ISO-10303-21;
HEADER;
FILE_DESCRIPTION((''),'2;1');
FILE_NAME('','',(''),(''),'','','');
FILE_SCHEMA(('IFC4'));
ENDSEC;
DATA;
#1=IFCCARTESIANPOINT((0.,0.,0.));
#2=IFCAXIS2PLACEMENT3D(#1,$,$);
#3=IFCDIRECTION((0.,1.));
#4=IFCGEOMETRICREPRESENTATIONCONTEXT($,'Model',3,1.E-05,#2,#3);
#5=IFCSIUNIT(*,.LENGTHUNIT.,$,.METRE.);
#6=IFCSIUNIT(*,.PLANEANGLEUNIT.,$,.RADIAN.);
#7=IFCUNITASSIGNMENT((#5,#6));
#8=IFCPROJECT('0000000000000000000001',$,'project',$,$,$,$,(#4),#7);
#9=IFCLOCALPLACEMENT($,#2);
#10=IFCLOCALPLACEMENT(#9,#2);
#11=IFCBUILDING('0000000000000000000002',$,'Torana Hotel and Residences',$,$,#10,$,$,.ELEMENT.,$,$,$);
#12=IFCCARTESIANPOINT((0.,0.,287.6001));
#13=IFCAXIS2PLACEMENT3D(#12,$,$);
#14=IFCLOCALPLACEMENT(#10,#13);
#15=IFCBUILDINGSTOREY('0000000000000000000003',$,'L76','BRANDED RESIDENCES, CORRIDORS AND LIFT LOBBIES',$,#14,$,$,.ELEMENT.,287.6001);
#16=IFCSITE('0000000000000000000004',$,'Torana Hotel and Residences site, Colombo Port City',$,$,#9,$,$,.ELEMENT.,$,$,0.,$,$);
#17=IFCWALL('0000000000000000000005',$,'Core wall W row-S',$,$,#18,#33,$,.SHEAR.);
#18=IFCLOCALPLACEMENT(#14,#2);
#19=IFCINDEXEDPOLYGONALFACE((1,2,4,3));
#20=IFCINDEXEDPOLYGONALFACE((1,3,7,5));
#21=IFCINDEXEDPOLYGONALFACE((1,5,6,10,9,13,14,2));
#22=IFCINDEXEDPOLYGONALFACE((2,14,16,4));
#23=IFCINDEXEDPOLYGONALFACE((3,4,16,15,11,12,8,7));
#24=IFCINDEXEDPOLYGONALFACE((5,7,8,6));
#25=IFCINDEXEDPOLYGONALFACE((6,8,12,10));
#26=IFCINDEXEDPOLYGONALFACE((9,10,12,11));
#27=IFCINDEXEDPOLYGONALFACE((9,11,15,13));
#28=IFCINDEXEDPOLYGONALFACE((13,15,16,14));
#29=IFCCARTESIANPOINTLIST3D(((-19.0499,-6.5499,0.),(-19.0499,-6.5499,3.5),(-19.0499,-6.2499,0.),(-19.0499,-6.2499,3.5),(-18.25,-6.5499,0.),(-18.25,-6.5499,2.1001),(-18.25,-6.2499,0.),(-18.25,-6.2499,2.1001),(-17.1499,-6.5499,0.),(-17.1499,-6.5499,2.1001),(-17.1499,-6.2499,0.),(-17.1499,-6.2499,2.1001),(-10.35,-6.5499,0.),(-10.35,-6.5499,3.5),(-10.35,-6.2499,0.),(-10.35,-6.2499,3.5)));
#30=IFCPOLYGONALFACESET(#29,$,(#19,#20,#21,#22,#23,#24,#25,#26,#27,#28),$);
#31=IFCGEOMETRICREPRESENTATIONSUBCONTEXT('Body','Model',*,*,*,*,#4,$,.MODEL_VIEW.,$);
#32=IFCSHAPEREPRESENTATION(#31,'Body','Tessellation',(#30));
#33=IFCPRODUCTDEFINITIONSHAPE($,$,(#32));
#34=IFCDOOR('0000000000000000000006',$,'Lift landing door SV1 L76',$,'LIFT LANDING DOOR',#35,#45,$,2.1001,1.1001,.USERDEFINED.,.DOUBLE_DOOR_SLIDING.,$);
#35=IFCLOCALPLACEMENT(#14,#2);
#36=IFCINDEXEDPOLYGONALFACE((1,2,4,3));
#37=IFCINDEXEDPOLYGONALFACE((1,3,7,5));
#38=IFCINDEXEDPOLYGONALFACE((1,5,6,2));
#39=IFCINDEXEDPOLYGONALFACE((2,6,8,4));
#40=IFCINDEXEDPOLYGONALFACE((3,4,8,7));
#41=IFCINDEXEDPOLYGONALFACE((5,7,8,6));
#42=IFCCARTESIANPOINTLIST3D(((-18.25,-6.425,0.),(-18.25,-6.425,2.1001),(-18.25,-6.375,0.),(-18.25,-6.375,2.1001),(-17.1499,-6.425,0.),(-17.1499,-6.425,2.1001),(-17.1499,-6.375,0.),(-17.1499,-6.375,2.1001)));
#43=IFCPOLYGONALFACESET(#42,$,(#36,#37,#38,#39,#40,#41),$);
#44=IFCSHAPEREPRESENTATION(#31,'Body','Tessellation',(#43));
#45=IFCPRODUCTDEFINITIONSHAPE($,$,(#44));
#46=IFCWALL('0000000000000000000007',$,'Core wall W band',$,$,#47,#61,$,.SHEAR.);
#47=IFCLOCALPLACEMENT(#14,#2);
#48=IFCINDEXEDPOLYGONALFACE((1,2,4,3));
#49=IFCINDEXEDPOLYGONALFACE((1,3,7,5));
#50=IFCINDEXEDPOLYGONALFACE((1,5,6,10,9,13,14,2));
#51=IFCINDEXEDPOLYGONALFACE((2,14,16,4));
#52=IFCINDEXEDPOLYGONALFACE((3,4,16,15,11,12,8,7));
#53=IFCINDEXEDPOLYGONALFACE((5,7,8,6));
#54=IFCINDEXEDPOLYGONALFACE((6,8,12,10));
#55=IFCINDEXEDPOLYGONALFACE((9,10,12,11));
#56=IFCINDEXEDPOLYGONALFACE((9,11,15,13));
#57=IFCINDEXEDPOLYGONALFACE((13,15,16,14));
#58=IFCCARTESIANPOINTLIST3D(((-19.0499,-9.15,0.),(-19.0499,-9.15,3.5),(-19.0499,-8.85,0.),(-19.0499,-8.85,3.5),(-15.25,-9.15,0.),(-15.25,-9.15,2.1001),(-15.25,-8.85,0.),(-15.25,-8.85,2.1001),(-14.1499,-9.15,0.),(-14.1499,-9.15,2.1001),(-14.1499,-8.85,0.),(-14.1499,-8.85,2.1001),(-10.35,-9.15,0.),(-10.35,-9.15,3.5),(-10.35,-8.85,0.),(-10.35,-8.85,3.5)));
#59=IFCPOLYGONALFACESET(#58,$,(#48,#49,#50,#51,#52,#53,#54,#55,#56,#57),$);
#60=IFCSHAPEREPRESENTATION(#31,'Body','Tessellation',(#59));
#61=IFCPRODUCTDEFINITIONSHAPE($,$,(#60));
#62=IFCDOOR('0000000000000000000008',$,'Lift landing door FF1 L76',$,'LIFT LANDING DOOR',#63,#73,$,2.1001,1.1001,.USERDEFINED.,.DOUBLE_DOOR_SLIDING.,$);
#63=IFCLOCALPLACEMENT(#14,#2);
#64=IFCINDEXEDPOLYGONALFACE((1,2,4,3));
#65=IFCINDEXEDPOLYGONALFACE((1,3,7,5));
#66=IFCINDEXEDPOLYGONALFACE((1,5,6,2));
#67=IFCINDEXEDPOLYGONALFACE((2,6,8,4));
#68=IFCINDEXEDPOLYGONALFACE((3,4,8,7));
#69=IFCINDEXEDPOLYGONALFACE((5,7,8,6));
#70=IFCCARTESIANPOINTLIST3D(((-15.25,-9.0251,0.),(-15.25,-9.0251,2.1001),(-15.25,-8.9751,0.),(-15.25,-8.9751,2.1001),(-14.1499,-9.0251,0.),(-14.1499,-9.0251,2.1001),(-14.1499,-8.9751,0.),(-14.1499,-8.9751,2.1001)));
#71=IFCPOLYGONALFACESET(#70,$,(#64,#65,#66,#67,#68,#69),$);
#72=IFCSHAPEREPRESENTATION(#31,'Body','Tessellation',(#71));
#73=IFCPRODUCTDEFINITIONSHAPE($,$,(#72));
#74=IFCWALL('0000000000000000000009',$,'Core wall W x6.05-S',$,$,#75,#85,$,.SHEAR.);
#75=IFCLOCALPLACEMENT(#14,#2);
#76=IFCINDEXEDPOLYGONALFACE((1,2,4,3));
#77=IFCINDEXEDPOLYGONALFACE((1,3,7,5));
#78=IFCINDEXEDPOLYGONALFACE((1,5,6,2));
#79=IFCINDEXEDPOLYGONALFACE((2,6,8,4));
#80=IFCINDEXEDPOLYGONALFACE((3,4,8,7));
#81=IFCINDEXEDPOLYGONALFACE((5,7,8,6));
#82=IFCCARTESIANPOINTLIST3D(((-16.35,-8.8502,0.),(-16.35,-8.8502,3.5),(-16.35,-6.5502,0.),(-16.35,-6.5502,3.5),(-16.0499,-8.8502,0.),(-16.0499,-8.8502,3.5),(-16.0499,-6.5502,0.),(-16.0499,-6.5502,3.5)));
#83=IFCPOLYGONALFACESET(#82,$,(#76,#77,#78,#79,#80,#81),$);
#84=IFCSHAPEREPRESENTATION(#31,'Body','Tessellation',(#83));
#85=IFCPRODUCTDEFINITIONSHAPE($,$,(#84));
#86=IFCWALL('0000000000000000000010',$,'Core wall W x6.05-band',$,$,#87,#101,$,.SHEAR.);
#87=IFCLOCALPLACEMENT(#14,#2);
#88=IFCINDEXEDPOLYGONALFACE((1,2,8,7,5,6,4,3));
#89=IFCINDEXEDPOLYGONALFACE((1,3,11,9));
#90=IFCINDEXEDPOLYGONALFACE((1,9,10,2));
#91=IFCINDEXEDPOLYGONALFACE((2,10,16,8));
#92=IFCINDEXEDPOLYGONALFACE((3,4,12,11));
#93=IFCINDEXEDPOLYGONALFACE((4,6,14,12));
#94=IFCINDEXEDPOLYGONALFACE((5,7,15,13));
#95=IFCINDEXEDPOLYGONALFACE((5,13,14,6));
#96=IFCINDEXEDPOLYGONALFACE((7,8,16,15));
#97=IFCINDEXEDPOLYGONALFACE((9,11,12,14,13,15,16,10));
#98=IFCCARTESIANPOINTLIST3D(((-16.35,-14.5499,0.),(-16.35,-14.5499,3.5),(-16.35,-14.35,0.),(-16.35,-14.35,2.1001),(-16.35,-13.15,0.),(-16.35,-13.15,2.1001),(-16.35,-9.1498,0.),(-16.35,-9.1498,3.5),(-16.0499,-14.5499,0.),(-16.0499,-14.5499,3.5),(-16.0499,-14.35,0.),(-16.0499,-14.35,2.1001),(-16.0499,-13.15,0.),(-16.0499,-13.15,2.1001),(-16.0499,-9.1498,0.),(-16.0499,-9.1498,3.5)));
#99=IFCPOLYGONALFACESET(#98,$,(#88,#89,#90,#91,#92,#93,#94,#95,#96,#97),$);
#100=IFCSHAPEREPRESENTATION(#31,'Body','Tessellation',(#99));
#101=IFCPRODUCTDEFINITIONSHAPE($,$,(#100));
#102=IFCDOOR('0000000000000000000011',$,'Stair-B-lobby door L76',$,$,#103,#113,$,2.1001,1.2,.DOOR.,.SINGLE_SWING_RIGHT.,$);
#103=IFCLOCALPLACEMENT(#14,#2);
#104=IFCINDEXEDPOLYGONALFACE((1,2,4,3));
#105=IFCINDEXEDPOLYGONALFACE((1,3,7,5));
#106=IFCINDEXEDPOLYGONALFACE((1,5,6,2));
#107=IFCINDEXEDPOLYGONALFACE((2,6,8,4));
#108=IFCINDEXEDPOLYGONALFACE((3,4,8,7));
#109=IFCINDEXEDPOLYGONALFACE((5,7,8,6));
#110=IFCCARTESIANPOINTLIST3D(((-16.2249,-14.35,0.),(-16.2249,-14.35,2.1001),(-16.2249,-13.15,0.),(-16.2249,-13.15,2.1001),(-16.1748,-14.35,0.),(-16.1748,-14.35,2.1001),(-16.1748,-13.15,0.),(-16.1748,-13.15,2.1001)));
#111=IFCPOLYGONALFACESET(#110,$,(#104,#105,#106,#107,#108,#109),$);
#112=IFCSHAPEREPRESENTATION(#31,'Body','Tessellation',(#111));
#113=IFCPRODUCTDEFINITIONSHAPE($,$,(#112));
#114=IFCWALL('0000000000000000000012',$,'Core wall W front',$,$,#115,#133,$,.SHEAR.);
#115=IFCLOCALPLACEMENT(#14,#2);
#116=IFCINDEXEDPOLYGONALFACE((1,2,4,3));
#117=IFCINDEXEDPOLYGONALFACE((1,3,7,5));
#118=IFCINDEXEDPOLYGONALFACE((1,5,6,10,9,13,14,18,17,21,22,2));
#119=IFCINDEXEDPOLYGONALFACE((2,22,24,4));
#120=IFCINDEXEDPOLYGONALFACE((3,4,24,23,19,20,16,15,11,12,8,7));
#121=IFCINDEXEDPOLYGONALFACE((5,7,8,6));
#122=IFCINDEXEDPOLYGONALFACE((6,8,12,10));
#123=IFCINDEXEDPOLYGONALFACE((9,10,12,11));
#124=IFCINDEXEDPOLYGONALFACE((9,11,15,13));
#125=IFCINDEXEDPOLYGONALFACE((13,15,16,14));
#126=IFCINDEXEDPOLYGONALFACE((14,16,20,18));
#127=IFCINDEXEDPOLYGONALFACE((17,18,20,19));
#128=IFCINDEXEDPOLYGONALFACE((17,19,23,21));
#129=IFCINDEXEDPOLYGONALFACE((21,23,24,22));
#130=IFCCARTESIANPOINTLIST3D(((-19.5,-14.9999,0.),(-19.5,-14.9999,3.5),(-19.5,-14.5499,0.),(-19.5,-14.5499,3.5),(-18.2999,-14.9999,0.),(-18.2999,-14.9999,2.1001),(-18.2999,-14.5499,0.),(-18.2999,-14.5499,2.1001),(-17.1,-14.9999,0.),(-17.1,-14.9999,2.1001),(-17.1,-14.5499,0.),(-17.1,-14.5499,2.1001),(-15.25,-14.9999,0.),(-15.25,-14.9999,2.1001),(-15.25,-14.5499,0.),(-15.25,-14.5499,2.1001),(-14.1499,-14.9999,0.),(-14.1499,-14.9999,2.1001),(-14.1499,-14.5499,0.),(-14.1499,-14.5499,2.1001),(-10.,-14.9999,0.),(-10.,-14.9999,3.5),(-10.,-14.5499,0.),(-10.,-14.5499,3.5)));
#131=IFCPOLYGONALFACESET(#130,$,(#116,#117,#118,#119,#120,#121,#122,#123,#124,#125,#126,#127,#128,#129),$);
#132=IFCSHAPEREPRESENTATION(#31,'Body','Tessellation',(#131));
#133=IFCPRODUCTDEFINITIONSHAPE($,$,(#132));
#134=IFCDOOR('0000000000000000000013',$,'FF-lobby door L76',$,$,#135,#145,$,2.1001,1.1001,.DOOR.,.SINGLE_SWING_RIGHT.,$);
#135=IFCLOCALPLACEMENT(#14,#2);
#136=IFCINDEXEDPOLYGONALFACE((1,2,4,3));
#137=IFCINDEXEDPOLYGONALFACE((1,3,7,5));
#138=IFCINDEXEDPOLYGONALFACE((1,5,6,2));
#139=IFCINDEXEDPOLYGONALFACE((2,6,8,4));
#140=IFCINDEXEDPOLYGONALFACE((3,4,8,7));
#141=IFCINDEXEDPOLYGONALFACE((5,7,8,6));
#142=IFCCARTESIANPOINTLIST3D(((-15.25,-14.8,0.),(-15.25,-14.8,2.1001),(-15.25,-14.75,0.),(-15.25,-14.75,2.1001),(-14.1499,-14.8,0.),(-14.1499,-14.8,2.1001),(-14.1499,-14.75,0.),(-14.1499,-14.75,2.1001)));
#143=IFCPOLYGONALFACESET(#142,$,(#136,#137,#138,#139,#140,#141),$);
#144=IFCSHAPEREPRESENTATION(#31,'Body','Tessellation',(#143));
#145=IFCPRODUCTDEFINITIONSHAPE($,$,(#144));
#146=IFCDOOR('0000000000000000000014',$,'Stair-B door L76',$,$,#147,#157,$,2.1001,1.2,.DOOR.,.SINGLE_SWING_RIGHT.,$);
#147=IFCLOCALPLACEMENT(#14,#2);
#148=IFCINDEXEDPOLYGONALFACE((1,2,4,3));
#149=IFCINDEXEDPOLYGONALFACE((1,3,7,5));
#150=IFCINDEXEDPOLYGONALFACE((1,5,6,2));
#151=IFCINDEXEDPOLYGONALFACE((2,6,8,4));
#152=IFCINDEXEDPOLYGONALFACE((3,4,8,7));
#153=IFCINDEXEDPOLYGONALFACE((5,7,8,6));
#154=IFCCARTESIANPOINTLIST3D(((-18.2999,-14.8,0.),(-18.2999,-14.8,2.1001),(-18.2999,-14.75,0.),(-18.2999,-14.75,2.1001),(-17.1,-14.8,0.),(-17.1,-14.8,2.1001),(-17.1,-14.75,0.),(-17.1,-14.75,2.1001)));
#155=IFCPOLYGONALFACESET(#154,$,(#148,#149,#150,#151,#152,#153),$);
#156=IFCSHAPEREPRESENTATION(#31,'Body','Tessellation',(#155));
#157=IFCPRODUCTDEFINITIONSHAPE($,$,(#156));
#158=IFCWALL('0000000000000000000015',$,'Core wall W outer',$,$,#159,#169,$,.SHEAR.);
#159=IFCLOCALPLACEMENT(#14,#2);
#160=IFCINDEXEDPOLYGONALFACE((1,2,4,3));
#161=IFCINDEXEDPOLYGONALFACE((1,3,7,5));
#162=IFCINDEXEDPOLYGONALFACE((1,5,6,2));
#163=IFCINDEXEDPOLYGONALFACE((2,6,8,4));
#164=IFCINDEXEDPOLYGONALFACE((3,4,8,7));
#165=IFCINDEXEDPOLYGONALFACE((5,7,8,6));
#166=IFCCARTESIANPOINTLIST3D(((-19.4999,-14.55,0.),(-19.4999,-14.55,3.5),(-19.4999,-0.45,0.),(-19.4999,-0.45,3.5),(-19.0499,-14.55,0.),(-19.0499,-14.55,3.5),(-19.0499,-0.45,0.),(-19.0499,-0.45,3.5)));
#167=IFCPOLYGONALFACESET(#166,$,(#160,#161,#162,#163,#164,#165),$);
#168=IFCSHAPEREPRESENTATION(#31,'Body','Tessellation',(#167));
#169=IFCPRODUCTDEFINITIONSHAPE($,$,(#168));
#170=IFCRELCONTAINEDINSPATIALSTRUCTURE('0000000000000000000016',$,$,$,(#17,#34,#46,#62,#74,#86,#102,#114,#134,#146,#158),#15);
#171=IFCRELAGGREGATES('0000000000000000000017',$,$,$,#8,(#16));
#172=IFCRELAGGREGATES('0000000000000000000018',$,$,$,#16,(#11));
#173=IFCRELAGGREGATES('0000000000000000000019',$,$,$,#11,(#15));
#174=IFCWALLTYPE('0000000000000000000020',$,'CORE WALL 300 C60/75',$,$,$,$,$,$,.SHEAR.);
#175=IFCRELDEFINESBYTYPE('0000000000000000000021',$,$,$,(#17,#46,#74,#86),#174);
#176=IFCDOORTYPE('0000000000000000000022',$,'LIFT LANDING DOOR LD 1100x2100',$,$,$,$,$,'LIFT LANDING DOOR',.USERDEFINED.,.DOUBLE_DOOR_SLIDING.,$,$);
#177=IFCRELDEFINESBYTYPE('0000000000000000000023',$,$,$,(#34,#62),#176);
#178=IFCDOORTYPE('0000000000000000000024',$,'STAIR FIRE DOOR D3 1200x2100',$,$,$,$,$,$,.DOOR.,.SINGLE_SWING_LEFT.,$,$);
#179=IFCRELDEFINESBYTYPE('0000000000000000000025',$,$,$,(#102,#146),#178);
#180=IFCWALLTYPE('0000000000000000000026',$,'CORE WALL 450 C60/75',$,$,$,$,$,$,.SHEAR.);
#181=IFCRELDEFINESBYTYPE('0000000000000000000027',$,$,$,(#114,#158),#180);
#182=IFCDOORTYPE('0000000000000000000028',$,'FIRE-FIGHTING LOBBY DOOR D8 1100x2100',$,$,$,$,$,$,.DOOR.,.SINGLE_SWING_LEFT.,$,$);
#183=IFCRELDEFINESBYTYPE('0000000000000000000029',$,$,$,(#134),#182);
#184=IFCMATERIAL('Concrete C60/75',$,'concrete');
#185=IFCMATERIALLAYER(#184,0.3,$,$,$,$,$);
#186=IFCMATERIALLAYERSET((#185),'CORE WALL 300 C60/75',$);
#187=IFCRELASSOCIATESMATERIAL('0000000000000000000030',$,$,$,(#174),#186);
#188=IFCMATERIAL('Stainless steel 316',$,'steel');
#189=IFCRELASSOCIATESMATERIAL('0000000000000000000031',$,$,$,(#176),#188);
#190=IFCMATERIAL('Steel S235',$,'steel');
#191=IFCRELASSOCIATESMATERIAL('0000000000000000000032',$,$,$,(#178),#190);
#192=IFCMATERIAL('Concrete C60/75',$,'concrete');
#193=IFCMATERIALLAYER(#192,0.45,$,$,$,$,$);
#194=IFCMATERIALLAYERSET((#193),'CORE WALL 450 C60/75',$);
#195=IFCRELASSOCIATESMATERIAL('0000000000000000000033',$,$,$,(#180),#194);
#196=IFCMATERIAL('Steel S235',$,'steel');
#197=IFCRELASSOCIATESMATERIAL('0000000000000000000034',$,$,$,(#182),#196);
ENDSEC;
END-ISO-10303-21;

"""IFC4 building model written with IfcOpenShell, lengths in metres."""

from ifc_helpers import new_model, si_unit, direction, frame, frame_2d, origin, place, context, subcontext, project, spatial, rectangle, extrude, material, layer, layer_set, type_object, element, fill, save


model = new_model("IFC4")

# Units and contexts
model_context = context("Model", 3, precision=1e-05, world=origin(), true_north=direction((0.0, 1.0)))
body_context = subcontext(model_context, "Body", "Model", "MODEL_VIEW")
ifc_project = project(units=[si_unit("LENGTHUNIT", "METRE"), si_unit("PLANEANGLEUNIT", "RADIAN")], contexts=[model_context])

# Site, building, storey
site_placement = place(None, origin())
site = spatial("IfcSite", under=ifc_project, at=site_placement, Name="Torana Hotel and Residences site, Colombo Port City", CompositionType="ELEMENT", RefElevation=0.0)
building_placement = place(site_placement, origin())
building = spatial("IfcBuilding", under=site, at=building_placement, Name="Torana Hotel and Residences", CompositionType="ELEMENT")
storey_placement = place(building_placement, frame((0.0, 0.0, 287.6001)))
storey = spatial("IfcBuildingStorey", under=building, at=storey_placement, Name="L76", Description="BRANDED RESIDENCES, CORRIDORS AND LIFT LOBBIES", CompositionType="ELEMENT", Elevation=287.6001)

# Walls, openings, doors
ifc_material_1 = material(Name="Concrete C60/75", Category="concrete")
ifc_layer_1 = layer(ifc_material_1, 0.3)
ifc_layer_set_1 = layer_set([ifc_layer_1], Name="CORE WALL 300 C60/75")
wall_type_1 = type_object("IfcWallType", Name="CORE WALL 300 C60/75", PredefinedType="SHEAR", material=ifc_layer_set_1)
wall_1_placement = place(storey_placement, frame((-19.05, -6.3999, 0.0), z_axis=(0.0, 0.0, 1.0), x_axis=(1.0, 0.0, 0.0)))
wall_1 = element("IfcWall", 1, at=wall_1_placement, inside=storey, type_object=wall_type_1, Name="Core wall W row-S", PredefinedType="SHEAR", context=body_context, shape_type="SweptSolid", body=[
    extrude(rectangle(XDim=8.7, YDim=0.3, at=frame_2d((4.3501, 0.0))), origin(), (0.0, 0.0, 1.0), 3.5),
])
opening_1_placement = place(wall_1_placement, frame((0.8, 0.0, 0.0)))
opening_1 = element("IfcOpeningElement", 2, at=opening_1_placement, cuts=wall_1, PredefinedType="OPENING", context=body_context, shape_type="SweptSolid", body=[
    extrude(rectangle(XDim=1.1001, YDim=2.1001, at=frame_2d((0.55, 1.05))), frame((0.0, 0.1599, 0.0), z_axis=(0.0, -1.0, 0.0), x_axis=(1.0, 0.0, 0.0)), (0.0, 0.0, 1.0), 0.3201),
])
ifc_material_2 = material(Name="Stainless steel 316", Category="steel")
door_type_1 = type_object("IfcDoorType", Name="LIFT LANDING DOOR LD 1100x2100", ElementType="LIFT LANDING DOOR", OperationType="DOUBLE_DOOR_SLIDING", PredefinedType="USERDEFINED", material=ifc_material_2)
door_1_placement = place(opening_1_placement, origin())
door_1 = element("IfcDoor", 3, at=door_1_placement, inside=storey, type_object=door_type_1, Name="Lift landing door SV1 L76", ObjectType="LIFT LANDING DOOR", OperationType="DOUBLE_DOOR_SLIDING", OverallHeight=2.1001, OverallWidth=1.1001, PredefinedType="USERDEFINED", context=body_context, shape_type="SweptSolid", body=[
    extrude(rectangle(XDim=1.1001, YDim=2.1001, at=frame_2d((0.55, 1.05))), frame((0.0, 0.0249, 0.0), z_axis=(0.0, -1.0, 0.0), x_axis=(1.0, 0.0, 0.0)), (0.0, 0.0, 1.0), 0.05),
])
fill(opening_1, door_1)
wall_2_placement = place(storey_placement, frame((-19.05, -9.0, 0.0), z_axis=(0.0, 0.0, 1.0), x_axis=(1.0, 0.0, 0.0)))
wall_2 = element("IfcWall", 4, at=wall_2_placement, inside=storey, type_object=wall_type_1, Name="Core wall W band", PredefinedType="SHEAR", context=body_context, shape_type="SweptSolid", body=[
    extrude(rectangle(XDim=8.7, YDim=0.3, at=frame_2d((4.3501, 0.0))), origin(), (0.0, 0.0, 1.0), 3.5),
])
opening_2_placement = place(wall_2_placement, frame((3.8, 0.0, 0.0)))
opening_2 = element("IfcOpeningElement", 5, at=opening_2_placement, cuts=wall_2, PredefinedType="OPENING", context=body_context, shape_type="SweptSolid", body=[
    extrude(rectangle(XDim=1.1001, YDim=2.1001, at=frame_2d((0.55, 1.05))), frame((0.0, 0.1599, 0.0), z_axis=(0.0, -1.0, 0.0), x_axis=(1.0, 0.0, 0.0)), (0.0, 0.0, 1.0), 0.3201),
])
door_2_placement = place(opening_2_placement, origin())
door_2 = element("IfcDoor", 6, at=door_2_placement, inside=storey, type_object=door_type_1, Name="Lift landing door FF1 L76", ObjectType="LIFT LANDING DOOR", OperationType="DOUBLE_DOOR_SLIDING", OverallHeight=2.1001, OverallWidth=1.1001, PredefinedType="USERDEFINED", context=body_context, shape_type="SweptSolid", body=[
    extrude(rectangle(XDim=1.1001, YDim=2.1001, at=frame_2d((0.55, 1.05))), frame((0.0, 0.0249, 0.0), z_axis=(0.0, -1.0, 0.0), x_axis=(1.0, 0.0, 0.0)), (0.0, 0.0, 1.0), 0.05),
])
fill(opening_2, door_2)

# Wall
wall_3_placement = place(storey_placement, frame((-16.2, -8.8501, 0.0), z_axis=(0.0, 0.0, 1.0), x_axis=(0.0, 1.0, 0.0)))
element("IfcWall", 7, at=wall_3_placement, inside=storey, type_object=wall_type_1, Name="Core wall W x6.05-S", PredefinedType="SHEAR", context=body_context, shape_type="SweptSolid", body=[
    extrude(rectangle(XDim=2.3, YDim=0.3, at=frame_2d((1.1499, 0.0))), origin(), (0.0, 0.0, 1.0), 3.5),
])

# Wall, opening, door
wall_4_placement = place(storey_placement, frame((-16.2, -14.55, 0.0), z_axis=(0.0, 0.0, 1.0), x_axis=(0.0, 1.0, 0.0)))
wall_4 = element("IfcWall", 8, at=wall_4_placement, inside=storey, type_object=wall_type_1, Name="Core wall W x6.05-band", PredefinedType="SHEAR", context=body_context, shape_type="SweptSolid", body=[
    extrude(rectangle(XDim=5.4001, YDim=0.3, at=frame_2d((2.7002, 0.0))), origin(), (0.0, 0.0, 1.0), 3.5),
])
opening_3_placement = place(wall_4_placement, frame((0.2, 0.0, 0.0)))
opening_3 = element("IfcOpeningElement", 9, at=opening_3_placement, cuts=wall_4, PredefinedType="OPENING", context=body_context, shape_type="SweptSolid", body=[
    extrude(rectangle(XDim=1.2, YDim=2.1001, at=frame_2d((0.6001, 1.05))), frame((0.0, 0.1599, 0.0), z_axis=(0.0, -1.0, 0.0), x_axis=(1.0, 0.0, 0.0)), (0.0, 0.0, 1.0), 0.3201),
])
ifc_material_3 = material(Name="Steel S235", Category="steel")
door_type_2 = type_object("IfcDoorType", Name="STAIR FIRE DOOR D3 1200x2100", OperationType="SINGLE_SWING_LEFT", PredefinedType="DOOR", material=ifc_material_3)
door_3_placement = place(opening_3_placement, origin())
door_3 = element("IfcDoor", 10, at=door_3_placement, inside=storey, type_object=door_type_2, Name="Stair-B-lobby door L76", OperationType="SINGLE_SWING_RIGHT", OverallHeight=2.1001, OverallWidth=1.2, PredefinedType="DOOR", context=body_context, shape_type="SweptSolid", body=[
    extrude(rectangle(XDim=1.2, YDim=2.1001, at=frame_2d((0.6001, 1.05))), frame((0.0, 0.0249, 0.0), z_axis=(0.0, -1.0, 0.0), x_axis=(1.0, 0.0, 0.0)), (0.0, 0.0, 1.0), 0.05),
])
fill(opening_3, door_3)

# Wall, openings, doors
ifc_material_4 = material(Name="Concrete C60/75", Category="concrete")
ifc_layer_2 = layer(ifc_material_4, 0.45)
ifc_layer_set_2 = layer_set([ifc_layer_2], Name="CORE WALL 450 C60/75")
wall_type_2 = type_object("IfcWallType", Name="CORE WALL 450 C60/75", PredefinedType="SHEAR", material=ifc_layer_set_2)
wall_5_placement = place(storey_placement, frame((-19.5, -14.7749, 0.0), z_axis=(0.0, 0.0, 1.0), x_axis=(1.0, 0.0, 0.0)))
wall_5 = element("IfcWall", 11, at=wall_5_placement, inside=storey, type_object=wall_type_2, Name="Core wall W front", PredefinedType="SHEAR", context=body_context, shape_type="SweptSolid", body=[
    extrude(rectangle(XDim=9.5, YDim=0.45, at=frame_2d((4.75, 0.0))), origin(), (0.0, 0.0, 1.0), 3.5),
])
opening_4_placement = place(wall_5_placement, frame((1.2, 0.0, 0.0)))
opening_4 = element("IfcOpeningElement", 12, at=opening_4_placement, cuts=wall_5, PredefinedType="OPENING", context=body_context, shape_type="SweptSolid", body=[
    extrude(rectangle(XDim=1.2, YDim=2.1001, at=frame_2d((0.6001, 1.05))), frame((0.0, 0.2349, 0.0), z_axis=(0.0, -1.0, 0.0), x_axis=(1.0, 0.0, 0.0)), (0.0, 0.0, 1.0), 0.47),
])
opening_5_placement = place(wall_5_placement, frame((4.25, 0.0, 0.0)))
opening_5 = element("IfcOpeningElement", 13, at=opening_5_placement, cuts=wall_5, PredefinedType="OPENING", context=body_context, shape_type="SweptSolid", body=[
    extrude(rectangle(XDim=1.1001, YDim=2.1001, at=frame_2d((0.55, 1.05))), frame((0.0, 0.2349, 0.0), z_axis=(0.0, -1.0, 0.0), x_axis=(1.0, 0.0, 0.0)), (0.0, 0.0, 1.0), 0.47),
])
ifc_material_5 = material(Name="Steel S235", Category="steel")
door_type_3 = type_object("IfcDoorType", Name="FIRE-FIGHTING LOBBY DOOR D8 1100x2100", OperationType="SINGLE_SWING_LEFT", PredefinedType="DOOR", material=ifc_material_5)
door_4_placement = place(opening_5_placement, origin())
door_4 = element("IfcDoor", 14, at=door_4_placement, inside=storey, type_object=door_type_3, Name="FF-lobby door L76", OperationType="SINGLE_SWING_RIGHT", OverallHeight=2.1001, OverallWidth=1.1001, PredefinedType="DOOR", context=body_context, shape_type="SweptSolid", body=[
    extrude(rectangle(XDim=1.1001, YDim=2.1001, at=frame_2d((0.55, 1.05))), frame((0.0, 0.0249, 0.0), z_axis=(0.0, -1.0, 0.0), x_axis=(1.0, 0.0, 0.0)), (0.0, 0.0, 1.0), 0.05),
])
fill(opening_5, door_4)
door_5_placement = place(opening_4_placement, origin())
door_5 = element("IfcDoor", 15, at=door_5_placement, inside=storey, type_object=door_type_2, Name="Stair-B door L76", OperationType="SINGLE_SWING_RIGHT", OverallHeight=2.1001, OverallWidth=1.2, PredefinedType="DOOR", context=body_context, shape_type="SweptSolid", body=[
    extrude(rectangle(XDim=1.2, YDim=2.1001, at=frame_2d((0.6001, 1.05))), frame((0.0, 0.0249, 0.0), z_axis=(0.0, -1.0, 0.0), x_axis=(1.0, 0.0, 0.0)), (0.0, 0.0, 1.0), 0.05),
])
fill(opening_4, door_5)

# Wall
wall_6_placement = place(storey_placement, frame((-19.2749, -14.55, 0.0), z_axis=(0.0, 0.0, 1.0), x_axis=(0.0, 1.0, 0.0)))
element("IfcWall", 16, at=wall_6_placement, inside=storey, type_object=wall_type_2, Name="Core wall W outer", PredefinedType="SHEAR", context=body_context, shape_type="SweptSolid", body=[
    extrude(rectangle(XDim=14.1001, YDim=0.45, at=frame_2d((7.05, 0.0))), origin(), (0.0, 0.0, 1.0), 3.5),
])

save(model, "model.ifc")
